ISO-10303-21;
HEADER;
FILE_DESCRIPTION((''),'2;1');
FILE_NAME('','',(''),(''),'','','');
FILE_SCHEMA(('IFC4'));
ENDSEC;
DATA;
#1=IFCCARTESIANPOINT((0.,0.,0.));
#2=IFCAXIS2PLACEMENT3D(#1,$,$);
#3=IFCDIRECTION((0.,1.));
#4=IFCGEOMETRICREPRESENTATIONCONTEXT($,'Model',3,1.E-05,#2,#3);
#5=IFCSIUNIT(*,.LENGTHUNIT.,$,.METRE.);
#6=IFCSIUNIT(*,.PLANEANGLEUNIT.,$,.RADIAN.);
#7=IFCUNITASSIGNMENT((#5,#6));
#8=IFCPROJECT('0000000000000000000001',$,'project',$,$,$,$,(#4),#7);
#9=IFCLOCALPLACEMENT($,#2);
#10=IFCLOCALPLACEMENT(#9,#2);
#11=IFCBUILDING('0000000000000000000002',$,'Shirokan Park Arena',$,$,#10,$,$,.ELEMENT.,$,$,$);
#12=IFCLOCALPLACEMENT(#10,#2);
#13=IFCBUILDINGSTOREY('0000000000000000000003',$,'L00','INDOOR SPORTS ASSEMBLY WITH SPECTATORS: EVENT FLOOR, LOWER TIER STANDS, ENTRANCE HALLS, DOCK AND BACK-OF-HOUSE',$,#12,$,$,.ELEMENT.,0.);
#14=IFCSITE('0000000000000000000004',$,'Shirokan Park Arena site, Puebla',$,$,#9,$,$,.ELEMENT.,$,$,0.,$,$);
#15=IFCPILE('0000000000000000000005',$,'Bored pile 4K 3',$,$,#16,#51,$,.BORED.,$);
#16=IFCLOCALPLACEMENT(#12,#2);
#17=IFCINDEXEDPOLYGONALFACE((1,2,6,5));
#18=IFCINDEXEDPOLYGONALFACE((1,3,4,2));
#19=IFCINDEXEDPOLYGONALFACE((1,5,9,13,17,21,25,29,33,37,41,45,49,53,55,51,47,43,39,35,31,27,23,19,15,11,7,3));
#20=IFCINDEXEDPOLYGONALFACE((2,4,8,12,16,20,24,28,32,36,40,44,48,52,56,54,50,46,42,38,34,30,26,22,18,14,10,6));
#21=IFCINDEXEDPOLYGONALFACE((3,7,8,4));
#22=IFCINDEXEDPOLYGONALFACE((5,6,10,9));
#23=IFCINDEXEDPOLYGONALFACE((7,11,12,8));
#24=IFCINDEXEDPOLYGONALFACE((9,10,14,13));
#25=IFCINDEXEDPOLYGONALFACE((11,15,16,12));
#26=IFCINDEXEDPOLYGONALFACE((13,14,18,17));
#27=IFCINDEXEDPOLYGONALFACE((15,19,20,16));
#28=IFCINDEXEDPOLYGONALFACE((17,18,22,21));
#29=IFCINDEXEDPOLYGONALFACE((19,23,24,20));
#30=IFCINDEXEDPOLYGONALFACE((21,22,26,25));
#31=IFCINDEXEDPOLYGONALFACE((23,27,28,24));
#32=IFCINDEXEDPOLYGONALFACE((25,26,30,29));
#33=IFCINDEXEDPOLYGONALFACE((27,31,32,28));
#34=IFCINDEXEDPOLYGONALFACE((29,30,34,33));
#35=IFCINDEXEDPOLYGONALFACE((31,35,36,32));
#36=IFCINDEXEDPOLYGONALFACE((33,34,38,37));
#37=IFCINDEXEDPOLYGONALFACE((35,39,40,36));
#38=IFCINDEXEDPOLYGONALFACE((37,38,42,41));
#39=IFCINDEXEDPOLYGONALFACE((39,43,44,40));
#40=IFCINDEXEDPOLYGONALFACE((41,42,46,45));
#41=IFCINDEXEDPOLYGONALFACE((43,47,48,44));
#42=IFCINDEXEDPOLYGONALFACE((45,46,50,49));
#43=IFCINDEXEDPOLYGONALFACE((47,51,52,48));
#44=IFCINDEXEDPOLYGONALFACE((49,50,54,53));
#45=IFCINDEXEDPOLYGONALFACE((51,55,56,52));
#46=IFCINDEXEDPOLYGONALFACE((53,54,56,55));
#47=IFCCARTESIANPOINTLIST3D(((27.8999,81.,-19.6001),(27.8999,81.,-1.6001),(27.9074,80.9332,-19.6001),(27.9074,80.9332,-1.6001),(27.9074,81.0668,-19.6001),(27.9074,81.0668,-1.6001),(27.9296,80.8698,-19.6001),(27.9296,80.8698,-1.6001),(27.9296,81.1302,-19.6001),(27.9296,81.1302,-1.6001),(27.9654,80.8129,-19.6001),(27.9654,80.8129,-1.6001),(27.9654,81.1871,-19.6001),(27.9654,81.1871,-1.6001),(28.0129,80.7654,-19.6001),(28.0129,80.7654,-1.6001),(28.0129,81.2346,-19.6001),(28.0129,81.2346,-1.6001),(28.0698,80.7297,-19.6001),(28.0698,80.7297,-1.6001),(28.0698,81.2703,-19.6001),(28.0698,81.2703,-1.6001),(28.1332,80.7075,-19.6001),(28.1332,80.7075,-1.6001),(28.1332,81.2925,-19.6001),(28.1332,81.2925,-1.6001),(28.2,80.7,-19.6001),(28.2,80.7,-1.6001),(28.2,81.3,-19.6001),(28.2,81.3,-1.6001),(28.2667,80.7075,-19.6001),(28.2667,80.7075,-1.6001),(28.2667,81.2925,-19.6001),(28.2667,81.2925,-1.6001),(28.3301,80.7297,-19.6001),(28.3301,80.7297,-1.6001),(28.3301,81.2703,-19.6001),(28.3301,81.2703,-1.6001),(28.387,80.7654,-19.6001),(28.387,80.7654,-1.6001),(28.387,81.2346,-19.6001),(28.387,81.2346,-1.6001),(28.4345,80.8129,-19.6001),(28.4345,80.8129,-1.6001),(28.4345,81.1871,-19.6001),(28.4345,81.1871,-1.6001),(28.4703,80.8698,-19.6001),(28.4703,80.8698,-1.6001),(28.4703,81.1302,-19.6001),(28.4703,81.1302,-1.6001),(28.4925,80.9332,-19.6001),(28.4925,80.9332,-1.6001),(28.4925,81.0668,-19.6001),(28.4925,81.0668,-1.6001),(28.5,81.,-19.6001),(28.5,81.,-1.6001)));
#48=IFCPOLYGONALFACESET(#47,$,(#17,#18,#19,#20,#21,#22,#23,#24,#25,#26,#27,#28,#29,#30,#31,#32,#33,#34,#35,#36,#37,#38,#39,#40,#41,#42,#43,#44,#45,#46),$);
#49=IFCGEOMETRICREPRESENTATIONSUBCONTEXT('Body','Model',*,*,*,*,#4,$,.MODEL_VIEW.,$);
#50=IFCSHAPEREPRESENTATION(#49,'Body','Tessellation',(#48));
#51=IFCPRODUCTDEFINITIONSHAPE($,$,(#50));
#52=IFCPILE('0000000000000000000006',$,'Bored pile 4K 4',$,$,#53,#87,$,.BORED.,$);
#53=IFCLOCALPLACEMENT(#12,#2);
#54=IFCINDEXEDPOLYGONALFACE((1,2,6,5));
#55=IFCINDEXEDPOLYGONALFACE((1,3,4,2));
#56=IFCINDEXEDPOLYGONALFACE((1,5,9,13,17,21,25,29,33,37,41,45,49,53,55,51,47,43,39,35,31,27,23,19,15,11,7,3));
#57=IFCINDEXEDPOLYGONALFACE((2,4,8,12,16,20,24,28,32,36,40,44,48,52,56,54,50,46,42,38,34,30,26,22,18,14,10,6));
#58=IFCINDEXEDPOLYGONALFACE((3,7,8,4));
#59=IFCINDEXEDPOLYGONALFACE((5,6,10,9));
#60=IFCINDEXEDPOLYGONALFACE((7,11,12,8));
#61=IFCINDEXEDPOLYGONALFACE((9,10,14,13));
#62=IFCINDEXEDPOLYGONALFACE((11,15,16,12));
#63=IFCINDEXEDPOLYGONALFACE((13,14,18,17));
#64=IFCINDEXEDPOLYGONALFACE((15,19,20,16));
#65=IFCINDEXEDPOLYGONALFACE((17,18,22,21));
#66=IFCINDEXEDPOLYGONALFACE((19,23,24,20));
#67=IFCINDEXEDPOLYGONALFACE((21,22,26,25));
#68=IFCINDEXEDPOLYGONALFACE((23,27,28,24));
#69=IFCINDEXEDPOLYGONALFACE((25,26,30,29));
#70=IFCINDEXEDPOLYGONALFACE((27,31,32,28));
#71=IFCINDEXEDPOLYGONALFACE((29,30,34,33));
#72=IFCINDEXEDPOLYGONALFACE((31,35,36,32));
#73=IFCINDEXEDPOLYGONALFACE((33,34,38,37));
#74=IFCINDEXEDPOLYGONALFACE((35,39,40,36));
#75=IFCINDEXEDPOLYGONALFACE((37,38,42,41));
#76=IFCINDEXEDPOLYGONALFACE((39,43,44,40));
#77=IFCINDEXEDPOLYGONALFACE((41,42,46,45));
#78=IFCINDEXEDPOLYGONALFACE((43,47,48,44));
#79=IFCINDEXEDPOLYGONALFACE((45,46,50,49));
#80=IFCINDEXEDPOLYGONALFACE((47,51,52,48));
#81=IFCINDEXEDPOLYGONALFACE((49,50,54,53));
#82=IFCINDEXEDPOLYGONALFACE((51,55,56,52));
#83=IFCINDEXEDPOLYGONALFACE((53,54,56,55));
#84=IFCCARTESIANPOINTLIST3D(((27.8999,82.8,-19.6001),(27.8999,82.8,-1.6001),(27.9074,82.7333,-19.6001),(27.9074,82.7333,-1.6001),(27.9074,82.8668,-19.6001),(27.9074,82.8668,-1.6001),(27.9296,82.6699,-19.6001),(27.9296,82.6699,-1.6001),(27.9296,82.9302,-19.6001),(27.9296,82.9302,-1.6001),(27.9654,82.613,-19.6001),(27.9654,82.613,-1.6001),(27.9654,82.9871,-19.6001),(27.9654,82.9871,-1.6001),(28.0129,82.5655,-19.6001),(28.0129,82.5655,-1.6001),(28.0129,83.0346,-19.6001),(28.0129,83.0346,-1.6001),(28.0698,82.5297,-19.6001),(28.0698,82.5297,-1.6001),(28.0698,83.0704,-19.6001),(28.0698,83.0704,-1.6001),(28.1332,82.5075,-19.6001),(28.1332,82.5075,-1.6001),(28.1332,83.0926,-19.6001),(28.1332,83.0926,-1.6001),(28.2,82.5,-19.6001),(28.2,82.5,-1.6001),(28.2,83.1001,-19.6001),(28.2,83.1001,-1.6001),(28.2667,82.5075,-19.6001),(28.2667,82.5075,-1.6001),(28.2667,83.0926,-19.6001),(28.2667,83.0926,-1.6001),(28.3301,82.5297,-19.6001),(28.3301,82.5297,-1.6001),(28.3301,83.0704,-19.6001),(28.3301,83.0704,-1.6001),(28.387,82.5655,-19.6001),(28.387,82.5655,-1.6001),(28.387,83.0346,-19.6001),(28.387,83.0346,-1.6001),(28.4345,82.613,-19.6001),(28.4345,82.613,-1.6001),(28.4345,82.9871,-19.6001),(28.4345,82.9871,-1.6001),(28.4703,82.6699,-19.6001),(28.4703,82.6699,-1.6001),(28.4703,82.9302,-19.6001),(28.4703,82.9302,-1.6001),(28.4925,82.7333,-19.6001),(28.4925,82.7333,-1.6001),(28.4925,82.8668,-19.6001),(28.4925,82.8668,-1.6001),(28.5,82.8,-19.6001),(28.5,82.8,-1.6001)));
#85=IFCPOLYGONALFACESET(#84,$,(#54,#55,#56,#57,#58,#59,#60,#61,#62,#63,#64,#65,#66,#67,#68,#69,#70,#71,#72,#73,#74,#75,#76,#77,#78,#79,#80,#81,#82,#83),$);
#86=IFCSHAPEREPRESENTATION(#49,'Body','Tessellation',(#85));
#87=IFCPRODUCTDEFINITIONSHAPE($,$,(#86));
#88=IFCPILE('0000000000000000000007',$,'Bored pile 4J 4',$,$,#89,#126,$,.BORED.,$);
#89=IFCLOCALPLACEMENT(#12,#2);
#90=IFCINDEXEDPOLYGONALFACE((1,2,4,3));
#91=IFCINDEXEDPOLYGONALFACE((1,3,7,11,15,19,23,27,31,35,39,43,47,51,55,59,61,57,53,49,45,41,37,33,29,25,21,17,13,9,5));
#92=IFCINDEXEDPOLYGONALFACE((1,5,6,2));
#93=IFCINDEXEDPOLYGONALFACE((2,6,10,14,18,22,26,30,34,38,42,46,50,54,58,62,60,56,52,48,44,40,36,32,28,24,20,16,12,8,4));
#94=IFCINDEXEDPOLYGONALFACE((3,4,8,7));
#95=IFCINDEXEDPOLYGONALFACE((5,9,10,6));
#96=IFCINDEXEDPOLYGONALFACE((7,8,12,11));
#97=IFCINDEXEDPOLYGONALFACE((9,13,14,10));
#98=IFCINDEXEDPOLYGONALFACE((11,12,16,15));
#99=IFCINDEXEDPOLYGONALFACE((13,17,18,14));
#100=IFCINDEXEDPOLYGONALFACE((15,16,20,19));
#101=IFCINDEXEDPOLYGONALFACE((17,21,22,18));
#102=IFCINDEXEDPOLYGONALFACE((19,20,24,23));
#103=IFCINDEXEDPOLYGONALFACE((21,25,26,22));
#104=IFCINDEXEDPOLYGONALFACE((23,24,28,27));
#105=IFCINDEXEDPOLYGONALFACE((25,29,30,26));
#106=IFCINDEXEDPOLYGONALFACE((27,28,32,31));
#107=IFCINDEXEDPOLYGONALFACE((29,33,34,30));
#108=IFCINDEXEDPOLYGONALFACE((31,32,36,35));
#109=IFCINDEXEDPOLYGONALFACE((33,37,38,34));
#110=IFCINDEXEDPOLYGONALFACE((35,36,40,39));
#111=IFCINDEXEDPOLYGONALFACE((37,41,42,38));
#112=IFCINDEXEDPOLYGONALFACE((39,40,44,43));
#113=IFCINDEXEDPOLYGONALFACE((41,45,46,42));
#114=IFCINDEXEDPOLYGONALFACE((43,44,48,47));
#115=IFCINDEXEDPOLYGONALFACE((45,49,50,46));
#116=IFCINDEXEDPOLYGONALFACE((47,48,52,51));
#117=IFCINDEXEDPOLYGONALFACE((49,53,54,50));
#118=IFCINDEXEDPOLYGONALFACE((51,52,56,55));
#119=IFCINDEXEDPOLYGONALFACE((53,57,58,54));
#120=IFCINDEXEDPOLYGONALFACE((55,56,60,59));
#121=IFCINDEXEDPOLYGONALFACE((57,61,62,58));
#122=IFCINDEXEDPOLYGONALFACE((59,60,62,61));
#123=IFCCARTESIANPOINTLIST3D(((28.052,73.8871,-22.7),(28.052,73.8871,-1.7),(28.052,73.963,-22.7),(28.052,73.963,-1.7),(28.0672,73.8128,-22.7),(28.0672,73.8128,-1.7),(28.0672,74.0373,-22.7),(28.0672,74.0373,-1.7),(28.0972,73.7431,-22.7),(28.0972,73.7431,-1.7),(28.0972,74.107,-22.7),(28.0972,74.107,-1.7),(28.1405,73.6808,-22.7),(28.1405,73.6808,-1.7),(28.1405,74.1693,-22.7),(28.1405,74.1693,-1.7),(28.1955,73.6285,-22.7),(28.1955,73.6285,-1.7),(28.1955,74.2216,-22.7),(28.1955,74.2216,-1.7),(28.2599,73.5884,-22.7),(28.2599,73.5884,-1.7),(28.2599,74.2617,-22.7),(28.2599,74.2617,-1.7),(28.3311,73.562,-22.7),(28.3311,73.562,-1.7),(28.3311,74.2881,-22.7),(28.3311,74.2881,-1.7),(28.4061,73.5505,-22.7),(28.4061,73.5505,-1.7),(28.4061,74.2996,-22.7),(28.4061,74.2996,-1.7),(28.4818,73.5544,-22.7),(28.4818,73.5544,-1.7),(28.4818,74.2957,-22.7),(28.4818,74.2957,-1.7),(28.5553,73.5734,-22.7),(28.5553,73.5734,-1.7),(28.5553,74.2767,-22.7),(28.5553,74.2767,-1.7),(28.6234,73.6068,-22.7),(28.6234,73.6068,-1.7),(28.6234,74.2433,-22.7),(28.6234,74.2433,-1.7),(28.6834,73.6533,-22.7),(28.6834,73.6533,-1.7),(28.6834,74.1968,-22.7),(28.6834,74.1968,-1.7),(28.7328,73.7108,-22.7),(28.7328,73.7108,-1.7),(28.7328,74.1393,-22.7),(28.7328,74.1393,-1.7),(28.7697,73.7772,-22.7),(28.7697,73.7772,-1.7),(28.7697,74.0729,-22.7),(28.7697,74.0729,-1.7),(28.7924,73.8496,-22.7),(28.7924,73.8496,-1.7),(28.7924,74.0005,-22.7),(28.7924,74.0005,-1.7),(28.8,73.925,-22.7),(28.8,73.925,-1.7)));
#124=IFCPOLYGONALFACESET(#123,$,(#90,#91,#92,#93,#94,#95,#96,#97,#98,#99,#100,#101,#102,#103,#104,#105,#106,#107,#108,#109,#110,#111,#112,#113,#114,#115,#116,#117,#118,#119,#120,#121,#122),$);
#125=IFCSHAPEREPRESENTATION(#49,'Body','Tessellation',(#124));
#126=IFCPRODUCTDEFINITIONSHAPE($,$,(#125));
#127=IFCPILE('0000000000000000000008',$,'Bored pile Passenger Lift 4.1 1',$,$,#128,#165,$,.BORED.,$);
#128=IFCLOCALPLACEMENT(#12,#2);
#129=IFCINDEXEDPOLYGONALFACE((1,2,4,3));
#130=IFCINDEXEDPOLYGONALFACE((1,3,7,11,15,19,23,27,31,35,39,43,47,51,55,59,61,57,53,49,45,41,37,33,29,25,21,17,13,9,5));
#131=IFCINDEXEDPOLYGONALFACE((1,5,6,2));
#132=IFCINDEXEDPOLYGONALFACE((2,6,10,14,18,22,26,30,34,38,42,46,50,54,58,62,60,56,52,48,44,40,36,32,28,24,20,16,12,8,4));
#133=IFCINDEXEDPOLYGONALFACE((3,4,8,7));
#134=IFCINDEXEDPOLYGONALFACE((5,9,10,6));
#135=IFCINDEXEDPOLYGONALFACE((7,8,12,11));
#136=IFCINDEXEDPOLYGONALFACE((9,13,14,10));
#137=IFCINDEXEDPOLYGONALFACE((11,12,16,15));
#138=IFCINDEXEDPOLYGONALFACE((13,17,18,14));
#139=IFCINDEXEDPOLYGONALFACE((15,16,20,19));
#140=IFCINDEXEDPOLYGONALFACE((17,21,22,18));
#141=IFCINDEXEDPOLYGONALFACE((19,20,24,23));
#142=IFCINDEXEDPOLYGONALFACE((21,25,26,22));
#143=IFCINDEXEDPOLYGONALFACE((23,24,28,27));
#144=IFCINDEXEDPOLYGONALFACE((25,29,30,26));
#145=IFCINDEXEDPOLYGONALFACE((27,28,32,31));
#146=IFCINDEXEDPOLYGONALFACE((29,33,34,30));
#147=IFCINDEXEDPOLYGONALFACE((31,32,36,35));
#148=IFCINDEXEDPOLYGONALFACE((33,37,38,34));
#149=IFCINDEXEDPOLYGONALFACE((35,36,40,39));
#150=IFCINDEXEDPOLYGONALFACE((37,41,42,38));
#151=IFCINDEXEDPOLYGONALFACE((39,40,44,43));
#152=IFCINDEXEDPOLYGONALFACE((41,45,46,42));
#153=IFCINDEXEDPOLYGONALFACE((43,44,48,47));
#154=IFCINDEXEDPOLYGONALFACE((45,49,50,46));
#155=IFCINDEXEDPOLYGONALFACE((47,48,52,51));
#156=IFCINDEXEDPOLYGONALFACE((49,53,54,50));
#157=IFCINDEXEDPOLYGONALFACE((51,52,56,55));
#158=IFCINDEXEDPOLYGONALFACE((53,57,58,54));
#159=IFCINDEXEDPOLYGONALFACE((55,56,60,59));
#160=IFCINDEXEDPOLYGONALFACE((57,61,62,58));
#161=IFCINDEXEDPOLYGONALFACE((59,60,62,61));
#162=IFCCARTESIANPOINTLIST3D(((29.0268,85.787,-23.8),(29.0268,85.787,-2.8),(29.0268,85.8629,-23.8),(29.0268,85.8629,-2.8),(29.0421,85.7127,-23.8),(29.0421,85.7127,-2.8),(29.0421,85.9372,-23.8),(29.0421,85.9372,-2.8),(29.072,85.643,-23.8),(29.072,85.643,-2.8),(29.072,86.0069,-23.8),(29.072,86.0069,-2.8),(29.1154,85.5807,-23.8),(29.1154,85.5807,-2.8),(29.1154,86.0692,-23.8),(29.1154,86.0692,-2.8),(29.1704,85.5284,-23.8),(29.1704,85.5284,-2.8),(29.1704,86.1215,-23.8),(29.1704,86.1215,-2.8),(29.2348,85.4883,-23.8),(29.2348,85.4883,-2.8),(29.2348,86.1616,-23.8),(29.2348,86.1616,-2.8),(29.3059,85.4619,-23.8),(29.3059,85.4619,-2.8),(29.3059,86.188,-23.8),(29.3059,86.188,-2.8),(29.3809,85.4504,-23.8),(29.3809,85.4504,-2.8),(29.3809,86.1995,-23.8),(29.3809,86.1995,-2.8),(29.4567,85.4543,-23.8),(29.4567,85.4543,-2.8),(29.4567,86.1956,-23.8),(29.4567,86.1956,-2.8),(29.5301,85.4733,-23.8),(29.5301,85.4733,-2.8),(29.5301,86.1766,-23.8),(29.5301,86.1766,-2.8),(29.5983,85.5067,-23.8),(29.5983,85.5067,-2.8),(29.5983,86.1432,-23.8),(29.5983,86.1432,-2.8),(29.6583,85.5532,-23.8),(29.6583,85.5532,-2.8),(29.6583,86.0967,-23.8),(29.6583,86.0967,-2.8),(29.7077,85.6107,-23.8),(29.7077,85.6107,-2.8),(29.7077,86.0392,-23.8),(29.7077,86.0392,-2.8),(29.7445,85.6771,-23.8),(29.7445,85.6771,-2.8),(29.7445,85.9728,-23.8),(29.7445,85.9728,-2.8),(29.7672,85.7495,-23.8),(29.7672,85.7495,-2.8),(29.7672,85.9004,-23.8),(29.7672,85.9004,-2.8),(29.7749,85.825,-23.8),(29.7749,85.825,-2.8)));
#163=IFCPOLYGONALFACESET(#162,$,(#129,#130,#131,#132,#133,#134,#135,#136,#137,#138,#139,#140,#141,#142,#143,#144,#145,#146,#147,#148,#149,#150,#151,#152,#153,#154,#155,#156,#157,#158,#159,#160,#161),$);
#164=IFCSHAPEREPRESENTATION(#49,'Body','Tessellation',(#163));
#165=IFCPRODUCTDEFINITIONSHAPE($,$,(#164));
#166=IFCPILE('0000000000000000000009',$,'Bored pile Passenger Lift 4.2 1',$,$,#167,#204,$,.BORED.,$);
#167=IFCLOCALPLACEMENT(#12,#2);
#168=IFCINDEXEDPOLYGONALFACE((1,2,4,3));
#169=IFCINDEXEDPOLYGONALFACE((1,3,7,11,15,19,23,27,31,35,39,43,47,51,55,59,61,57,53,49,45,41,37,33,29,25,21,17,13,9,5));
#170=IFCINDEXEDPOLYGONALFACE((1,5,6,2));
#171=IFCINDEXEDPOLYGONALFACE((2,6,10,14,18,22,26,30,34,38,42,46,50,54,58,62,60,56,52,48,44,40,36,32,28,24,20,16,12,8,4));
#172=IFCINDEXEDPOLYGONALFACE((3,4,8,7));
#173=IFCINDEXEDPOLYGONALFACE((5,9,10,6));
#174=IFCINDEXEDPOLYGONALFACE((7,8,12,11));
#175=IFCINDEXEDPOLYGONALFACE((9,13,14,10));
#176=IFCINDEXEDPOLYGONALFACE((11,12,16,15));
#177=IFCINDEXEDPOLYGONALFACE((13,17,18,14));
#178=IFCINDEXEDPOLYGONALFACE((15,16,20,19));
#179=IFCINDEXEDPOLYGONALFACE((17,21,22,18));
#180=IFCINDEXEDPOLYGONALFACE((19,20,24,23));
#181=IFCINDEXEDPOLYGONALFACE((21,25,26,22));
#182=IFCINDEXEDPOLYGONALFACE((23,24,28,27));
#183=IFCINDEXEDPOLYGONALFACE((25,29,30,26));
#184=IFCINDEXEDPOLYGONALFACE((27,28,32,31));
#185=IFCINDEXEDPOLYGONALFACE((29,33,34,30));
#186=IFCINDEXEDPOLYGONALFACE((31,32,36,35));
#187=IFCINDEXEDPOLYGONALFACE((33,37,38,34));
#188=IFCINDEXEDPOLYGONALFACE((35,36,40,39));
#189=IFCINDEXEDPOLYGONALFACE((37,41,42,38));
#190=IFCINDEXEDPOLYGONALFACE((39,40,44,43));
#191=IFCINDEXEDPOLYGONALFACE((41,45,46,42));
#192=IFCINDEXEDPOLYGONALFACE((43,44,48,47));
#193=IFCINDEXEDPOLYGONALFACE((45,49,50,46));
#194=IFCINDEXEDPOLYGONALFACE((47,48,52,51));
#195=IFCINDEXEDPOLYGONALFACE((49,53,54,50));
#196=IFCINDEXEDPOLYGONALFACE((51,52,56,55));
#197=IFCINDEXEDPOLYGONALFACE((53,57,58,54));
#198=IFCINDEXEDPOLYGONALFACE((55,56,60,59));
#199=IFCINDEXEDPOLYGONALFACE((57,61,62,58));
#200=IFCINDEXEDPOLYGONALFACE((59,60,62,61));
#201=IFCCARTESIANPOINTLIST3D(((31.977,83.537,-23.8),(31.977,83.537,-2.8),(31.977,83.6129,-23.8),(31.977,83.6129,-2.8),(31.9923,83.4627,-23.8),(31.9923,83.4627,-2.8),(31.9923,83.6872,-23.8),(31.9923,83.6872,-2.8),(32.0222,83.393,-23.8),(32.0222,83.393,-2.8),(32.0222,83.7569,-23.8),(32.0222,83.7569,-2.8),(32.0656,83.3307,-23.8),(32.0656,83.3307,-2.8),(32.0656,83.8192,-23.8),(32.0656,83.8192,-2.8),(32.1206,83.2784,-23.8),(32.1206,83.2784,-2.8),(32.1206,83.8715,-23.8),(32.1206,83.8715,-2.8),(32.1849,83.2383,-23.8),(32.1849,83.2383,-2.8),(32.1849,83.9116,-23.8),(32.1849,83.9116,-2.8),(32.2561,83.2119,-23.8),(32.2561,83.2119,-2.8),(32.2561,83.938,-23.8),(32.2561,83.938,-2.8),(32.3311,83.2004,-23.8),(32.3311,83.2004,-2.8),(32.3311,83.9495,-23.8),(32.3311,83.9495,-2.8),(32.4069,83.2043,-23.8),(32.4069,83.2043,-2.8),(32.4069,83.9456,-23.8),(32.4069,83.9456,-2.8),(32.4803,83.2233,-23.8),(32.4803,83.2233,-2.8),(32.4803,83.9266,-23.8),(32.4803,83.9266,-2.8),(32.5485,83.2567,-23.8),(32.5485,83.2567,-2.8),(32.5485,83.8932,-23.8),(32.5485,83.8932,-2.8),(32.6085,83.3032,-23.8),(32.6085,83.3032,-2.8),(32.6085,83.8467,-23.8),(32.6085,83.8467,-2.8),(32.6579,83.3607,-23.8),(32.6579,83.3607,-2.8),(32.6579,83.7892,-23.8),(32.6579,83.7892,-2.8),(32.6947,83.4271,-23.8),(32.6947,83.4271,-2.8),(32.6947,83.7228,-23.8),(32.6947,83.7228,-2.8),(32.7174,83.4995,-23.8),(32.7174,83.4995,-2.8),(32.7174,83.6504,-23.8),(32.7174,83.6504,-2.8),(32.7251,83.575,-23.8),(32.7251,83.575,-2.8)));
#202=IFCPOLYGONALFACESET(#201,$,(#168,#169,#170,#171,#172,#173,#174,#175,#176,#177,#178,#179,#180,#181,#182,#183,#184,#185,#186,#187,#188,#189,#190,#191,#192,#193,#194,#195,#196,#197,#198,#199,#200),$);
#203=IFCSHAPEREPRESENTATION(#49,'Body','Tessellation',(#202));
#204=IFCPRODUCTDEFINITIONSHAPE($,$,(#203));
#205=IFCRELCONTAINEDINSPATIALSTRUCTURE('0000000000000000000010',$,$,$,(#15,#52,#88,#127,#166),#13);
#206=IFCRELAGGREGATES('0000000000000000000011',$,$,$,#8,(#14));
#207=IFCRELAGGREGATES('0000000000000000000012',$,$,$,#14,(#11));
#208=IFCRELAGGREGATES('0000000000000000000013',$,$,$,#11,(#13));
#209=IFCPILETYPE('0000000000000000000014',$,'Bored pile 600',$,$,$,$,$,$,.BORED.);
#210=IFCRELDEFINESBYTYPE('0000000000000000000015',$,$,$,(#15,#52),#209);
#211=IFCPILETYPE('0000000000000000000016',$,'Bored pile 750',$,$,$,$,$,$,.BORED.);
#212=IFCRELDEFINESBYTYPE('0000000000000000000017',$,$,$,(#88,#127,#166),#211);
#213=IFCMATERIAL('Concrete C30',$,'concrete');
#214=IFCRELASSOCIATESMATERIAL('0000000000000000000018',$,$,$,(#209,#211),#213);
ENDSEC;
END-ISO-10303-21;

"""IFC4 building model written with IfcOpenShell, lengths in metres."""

from ifc_helpers import new_model, si_unit, direction, frame, origin, origin_2d, place, context, subcontext, project, spatial, circle, extrude, material, material_profile, profile_set, type_object, element, save


model = new_model("IFC4")

# Units and contexts
model_context = context("Model", 3, precision=1e-05, world=origin(), true_north=direction((0.0, 1.0)))
body_context = subcontext(model_context, "Body", "Model", "MODEL_VIEW")
ifc_project = project(units=[si_unit("LENGTHUNIT", "METRE"), si_unit("PLANEANGLEUNIT", "RADIAN")], contexts=[model_context])

# Site, building, storey
site_placement = place(None, origin())
site = spatial("IfcSite", under=ifc_project, at=site_placement, Name="Shirokan Park Arena site, Puebla", CompositionType="ELEMENT", RefElevation=0.0)
building_placement = place(site_placement, origin())
building = spatial("IfcBuilding", under=site, at=building_placement, Name="Shirokan Park Arena", CompositionType="ELEMENT")
storey_placement = place(building_placement, origin())
storey = spatial("IfcBuildingStorey", under=building, at=storey_placement, Name="L00", Description="INDOOR SPORTS ASSEMBLY WITH SPECTATORS: EVENT FLOOR, LOWER TIER STANDS, ENTRANCE HALLS, DOCK AND BACK-OF-HOUSE", CompositionType="ELEMENT", Elevation=0.0)

# Piles
ifc_material_1 = material(Name="Concrete C30", Category="concrete")
ifc_material_profile_1 = material_profile(ifc_material_1, circle(Radius=0.3, at=origin_2d()), Name="D600")
ifc_profile_set_1 = profile_set([ifc_material_profile_1], Name="Concrete C30")
pile_type_1 = type_object("IfcPileType", Name="Bored pile 600", PredefinedType="BORED", material=ifc_profile_set_1)
for number, where, z_axis, x_axis, name in (
    (1, (28.2, 81.0, -1.6001), (0.0, 0.0, -1.0), (1.0, 0.0, 0.0), "Bored pile 4K 3"),
    (2, (28.2, 82.8, -1.6001), (0.0, 0.0, -1.0), (1.0, 0.0, 0.0), "Bored pile 4K 4"),
):
    element("IfcPile", number, at=place(storey_placement, frame(where, z_axis=z_axis, x_axis=x_axis)), inside=storey, type_object=pile_type_1, Name=name, PredefinedType="BORED", context=body_context, shape_type="SweptSolid", body=[
        extrude(circle(Radius=0.3, at=origin_2d()), origin(), (0.0, 0.0, 1.0), 18.0),
    ])
ifc_material_profile_2 = material_profile(ifc_material_1, circle(Radius=0.375, at=origin_2d()), Name="D750")
ifc_profile_set_2 = profile_set([ifc_material_profile_2], Name="Concrete C30")
pile_type_2 = type_object("IfcPileType", Name="Bored pile 750", PredefinedType="BORED", material=ifc_profile_set_2)
for number, where, z_axis, x_axis, name in (
    (3, (28.425, 73.925, -1.7), (0.0, 0.0, -1.0), (1.0, 0.0, 0.0), "Bored pile 4J 4"),
    (4, (29.3999, 85.825, -2.8), (0.0, 0.0, -1.0), (1.0, 0.0, 0.0), "Bored pile Passenger Lift 4.1 1"),
    (5, (32.3501, 83.575, -2.8), (0.0, 0.0, -1.0), (1.0, 0.0, 0.0), "Bored pile Passenger Lift 4.2 1"),
):
    element("IfcPile", number, at=place(storey_placement, frame(where, z_axis=z_axis, x_axis=x_axis)), inside=storey, type_object=pile_type_2, Name=name, PredefinedType="BORED", context=body_context, shape_type="SweptSolid", body=[
        extrude(circle(Radius=0.375, at=origin_2d()), origin(), (0.0, 0.0, 1.0), 21.0),
    ])

save(model, "model.ifc")
